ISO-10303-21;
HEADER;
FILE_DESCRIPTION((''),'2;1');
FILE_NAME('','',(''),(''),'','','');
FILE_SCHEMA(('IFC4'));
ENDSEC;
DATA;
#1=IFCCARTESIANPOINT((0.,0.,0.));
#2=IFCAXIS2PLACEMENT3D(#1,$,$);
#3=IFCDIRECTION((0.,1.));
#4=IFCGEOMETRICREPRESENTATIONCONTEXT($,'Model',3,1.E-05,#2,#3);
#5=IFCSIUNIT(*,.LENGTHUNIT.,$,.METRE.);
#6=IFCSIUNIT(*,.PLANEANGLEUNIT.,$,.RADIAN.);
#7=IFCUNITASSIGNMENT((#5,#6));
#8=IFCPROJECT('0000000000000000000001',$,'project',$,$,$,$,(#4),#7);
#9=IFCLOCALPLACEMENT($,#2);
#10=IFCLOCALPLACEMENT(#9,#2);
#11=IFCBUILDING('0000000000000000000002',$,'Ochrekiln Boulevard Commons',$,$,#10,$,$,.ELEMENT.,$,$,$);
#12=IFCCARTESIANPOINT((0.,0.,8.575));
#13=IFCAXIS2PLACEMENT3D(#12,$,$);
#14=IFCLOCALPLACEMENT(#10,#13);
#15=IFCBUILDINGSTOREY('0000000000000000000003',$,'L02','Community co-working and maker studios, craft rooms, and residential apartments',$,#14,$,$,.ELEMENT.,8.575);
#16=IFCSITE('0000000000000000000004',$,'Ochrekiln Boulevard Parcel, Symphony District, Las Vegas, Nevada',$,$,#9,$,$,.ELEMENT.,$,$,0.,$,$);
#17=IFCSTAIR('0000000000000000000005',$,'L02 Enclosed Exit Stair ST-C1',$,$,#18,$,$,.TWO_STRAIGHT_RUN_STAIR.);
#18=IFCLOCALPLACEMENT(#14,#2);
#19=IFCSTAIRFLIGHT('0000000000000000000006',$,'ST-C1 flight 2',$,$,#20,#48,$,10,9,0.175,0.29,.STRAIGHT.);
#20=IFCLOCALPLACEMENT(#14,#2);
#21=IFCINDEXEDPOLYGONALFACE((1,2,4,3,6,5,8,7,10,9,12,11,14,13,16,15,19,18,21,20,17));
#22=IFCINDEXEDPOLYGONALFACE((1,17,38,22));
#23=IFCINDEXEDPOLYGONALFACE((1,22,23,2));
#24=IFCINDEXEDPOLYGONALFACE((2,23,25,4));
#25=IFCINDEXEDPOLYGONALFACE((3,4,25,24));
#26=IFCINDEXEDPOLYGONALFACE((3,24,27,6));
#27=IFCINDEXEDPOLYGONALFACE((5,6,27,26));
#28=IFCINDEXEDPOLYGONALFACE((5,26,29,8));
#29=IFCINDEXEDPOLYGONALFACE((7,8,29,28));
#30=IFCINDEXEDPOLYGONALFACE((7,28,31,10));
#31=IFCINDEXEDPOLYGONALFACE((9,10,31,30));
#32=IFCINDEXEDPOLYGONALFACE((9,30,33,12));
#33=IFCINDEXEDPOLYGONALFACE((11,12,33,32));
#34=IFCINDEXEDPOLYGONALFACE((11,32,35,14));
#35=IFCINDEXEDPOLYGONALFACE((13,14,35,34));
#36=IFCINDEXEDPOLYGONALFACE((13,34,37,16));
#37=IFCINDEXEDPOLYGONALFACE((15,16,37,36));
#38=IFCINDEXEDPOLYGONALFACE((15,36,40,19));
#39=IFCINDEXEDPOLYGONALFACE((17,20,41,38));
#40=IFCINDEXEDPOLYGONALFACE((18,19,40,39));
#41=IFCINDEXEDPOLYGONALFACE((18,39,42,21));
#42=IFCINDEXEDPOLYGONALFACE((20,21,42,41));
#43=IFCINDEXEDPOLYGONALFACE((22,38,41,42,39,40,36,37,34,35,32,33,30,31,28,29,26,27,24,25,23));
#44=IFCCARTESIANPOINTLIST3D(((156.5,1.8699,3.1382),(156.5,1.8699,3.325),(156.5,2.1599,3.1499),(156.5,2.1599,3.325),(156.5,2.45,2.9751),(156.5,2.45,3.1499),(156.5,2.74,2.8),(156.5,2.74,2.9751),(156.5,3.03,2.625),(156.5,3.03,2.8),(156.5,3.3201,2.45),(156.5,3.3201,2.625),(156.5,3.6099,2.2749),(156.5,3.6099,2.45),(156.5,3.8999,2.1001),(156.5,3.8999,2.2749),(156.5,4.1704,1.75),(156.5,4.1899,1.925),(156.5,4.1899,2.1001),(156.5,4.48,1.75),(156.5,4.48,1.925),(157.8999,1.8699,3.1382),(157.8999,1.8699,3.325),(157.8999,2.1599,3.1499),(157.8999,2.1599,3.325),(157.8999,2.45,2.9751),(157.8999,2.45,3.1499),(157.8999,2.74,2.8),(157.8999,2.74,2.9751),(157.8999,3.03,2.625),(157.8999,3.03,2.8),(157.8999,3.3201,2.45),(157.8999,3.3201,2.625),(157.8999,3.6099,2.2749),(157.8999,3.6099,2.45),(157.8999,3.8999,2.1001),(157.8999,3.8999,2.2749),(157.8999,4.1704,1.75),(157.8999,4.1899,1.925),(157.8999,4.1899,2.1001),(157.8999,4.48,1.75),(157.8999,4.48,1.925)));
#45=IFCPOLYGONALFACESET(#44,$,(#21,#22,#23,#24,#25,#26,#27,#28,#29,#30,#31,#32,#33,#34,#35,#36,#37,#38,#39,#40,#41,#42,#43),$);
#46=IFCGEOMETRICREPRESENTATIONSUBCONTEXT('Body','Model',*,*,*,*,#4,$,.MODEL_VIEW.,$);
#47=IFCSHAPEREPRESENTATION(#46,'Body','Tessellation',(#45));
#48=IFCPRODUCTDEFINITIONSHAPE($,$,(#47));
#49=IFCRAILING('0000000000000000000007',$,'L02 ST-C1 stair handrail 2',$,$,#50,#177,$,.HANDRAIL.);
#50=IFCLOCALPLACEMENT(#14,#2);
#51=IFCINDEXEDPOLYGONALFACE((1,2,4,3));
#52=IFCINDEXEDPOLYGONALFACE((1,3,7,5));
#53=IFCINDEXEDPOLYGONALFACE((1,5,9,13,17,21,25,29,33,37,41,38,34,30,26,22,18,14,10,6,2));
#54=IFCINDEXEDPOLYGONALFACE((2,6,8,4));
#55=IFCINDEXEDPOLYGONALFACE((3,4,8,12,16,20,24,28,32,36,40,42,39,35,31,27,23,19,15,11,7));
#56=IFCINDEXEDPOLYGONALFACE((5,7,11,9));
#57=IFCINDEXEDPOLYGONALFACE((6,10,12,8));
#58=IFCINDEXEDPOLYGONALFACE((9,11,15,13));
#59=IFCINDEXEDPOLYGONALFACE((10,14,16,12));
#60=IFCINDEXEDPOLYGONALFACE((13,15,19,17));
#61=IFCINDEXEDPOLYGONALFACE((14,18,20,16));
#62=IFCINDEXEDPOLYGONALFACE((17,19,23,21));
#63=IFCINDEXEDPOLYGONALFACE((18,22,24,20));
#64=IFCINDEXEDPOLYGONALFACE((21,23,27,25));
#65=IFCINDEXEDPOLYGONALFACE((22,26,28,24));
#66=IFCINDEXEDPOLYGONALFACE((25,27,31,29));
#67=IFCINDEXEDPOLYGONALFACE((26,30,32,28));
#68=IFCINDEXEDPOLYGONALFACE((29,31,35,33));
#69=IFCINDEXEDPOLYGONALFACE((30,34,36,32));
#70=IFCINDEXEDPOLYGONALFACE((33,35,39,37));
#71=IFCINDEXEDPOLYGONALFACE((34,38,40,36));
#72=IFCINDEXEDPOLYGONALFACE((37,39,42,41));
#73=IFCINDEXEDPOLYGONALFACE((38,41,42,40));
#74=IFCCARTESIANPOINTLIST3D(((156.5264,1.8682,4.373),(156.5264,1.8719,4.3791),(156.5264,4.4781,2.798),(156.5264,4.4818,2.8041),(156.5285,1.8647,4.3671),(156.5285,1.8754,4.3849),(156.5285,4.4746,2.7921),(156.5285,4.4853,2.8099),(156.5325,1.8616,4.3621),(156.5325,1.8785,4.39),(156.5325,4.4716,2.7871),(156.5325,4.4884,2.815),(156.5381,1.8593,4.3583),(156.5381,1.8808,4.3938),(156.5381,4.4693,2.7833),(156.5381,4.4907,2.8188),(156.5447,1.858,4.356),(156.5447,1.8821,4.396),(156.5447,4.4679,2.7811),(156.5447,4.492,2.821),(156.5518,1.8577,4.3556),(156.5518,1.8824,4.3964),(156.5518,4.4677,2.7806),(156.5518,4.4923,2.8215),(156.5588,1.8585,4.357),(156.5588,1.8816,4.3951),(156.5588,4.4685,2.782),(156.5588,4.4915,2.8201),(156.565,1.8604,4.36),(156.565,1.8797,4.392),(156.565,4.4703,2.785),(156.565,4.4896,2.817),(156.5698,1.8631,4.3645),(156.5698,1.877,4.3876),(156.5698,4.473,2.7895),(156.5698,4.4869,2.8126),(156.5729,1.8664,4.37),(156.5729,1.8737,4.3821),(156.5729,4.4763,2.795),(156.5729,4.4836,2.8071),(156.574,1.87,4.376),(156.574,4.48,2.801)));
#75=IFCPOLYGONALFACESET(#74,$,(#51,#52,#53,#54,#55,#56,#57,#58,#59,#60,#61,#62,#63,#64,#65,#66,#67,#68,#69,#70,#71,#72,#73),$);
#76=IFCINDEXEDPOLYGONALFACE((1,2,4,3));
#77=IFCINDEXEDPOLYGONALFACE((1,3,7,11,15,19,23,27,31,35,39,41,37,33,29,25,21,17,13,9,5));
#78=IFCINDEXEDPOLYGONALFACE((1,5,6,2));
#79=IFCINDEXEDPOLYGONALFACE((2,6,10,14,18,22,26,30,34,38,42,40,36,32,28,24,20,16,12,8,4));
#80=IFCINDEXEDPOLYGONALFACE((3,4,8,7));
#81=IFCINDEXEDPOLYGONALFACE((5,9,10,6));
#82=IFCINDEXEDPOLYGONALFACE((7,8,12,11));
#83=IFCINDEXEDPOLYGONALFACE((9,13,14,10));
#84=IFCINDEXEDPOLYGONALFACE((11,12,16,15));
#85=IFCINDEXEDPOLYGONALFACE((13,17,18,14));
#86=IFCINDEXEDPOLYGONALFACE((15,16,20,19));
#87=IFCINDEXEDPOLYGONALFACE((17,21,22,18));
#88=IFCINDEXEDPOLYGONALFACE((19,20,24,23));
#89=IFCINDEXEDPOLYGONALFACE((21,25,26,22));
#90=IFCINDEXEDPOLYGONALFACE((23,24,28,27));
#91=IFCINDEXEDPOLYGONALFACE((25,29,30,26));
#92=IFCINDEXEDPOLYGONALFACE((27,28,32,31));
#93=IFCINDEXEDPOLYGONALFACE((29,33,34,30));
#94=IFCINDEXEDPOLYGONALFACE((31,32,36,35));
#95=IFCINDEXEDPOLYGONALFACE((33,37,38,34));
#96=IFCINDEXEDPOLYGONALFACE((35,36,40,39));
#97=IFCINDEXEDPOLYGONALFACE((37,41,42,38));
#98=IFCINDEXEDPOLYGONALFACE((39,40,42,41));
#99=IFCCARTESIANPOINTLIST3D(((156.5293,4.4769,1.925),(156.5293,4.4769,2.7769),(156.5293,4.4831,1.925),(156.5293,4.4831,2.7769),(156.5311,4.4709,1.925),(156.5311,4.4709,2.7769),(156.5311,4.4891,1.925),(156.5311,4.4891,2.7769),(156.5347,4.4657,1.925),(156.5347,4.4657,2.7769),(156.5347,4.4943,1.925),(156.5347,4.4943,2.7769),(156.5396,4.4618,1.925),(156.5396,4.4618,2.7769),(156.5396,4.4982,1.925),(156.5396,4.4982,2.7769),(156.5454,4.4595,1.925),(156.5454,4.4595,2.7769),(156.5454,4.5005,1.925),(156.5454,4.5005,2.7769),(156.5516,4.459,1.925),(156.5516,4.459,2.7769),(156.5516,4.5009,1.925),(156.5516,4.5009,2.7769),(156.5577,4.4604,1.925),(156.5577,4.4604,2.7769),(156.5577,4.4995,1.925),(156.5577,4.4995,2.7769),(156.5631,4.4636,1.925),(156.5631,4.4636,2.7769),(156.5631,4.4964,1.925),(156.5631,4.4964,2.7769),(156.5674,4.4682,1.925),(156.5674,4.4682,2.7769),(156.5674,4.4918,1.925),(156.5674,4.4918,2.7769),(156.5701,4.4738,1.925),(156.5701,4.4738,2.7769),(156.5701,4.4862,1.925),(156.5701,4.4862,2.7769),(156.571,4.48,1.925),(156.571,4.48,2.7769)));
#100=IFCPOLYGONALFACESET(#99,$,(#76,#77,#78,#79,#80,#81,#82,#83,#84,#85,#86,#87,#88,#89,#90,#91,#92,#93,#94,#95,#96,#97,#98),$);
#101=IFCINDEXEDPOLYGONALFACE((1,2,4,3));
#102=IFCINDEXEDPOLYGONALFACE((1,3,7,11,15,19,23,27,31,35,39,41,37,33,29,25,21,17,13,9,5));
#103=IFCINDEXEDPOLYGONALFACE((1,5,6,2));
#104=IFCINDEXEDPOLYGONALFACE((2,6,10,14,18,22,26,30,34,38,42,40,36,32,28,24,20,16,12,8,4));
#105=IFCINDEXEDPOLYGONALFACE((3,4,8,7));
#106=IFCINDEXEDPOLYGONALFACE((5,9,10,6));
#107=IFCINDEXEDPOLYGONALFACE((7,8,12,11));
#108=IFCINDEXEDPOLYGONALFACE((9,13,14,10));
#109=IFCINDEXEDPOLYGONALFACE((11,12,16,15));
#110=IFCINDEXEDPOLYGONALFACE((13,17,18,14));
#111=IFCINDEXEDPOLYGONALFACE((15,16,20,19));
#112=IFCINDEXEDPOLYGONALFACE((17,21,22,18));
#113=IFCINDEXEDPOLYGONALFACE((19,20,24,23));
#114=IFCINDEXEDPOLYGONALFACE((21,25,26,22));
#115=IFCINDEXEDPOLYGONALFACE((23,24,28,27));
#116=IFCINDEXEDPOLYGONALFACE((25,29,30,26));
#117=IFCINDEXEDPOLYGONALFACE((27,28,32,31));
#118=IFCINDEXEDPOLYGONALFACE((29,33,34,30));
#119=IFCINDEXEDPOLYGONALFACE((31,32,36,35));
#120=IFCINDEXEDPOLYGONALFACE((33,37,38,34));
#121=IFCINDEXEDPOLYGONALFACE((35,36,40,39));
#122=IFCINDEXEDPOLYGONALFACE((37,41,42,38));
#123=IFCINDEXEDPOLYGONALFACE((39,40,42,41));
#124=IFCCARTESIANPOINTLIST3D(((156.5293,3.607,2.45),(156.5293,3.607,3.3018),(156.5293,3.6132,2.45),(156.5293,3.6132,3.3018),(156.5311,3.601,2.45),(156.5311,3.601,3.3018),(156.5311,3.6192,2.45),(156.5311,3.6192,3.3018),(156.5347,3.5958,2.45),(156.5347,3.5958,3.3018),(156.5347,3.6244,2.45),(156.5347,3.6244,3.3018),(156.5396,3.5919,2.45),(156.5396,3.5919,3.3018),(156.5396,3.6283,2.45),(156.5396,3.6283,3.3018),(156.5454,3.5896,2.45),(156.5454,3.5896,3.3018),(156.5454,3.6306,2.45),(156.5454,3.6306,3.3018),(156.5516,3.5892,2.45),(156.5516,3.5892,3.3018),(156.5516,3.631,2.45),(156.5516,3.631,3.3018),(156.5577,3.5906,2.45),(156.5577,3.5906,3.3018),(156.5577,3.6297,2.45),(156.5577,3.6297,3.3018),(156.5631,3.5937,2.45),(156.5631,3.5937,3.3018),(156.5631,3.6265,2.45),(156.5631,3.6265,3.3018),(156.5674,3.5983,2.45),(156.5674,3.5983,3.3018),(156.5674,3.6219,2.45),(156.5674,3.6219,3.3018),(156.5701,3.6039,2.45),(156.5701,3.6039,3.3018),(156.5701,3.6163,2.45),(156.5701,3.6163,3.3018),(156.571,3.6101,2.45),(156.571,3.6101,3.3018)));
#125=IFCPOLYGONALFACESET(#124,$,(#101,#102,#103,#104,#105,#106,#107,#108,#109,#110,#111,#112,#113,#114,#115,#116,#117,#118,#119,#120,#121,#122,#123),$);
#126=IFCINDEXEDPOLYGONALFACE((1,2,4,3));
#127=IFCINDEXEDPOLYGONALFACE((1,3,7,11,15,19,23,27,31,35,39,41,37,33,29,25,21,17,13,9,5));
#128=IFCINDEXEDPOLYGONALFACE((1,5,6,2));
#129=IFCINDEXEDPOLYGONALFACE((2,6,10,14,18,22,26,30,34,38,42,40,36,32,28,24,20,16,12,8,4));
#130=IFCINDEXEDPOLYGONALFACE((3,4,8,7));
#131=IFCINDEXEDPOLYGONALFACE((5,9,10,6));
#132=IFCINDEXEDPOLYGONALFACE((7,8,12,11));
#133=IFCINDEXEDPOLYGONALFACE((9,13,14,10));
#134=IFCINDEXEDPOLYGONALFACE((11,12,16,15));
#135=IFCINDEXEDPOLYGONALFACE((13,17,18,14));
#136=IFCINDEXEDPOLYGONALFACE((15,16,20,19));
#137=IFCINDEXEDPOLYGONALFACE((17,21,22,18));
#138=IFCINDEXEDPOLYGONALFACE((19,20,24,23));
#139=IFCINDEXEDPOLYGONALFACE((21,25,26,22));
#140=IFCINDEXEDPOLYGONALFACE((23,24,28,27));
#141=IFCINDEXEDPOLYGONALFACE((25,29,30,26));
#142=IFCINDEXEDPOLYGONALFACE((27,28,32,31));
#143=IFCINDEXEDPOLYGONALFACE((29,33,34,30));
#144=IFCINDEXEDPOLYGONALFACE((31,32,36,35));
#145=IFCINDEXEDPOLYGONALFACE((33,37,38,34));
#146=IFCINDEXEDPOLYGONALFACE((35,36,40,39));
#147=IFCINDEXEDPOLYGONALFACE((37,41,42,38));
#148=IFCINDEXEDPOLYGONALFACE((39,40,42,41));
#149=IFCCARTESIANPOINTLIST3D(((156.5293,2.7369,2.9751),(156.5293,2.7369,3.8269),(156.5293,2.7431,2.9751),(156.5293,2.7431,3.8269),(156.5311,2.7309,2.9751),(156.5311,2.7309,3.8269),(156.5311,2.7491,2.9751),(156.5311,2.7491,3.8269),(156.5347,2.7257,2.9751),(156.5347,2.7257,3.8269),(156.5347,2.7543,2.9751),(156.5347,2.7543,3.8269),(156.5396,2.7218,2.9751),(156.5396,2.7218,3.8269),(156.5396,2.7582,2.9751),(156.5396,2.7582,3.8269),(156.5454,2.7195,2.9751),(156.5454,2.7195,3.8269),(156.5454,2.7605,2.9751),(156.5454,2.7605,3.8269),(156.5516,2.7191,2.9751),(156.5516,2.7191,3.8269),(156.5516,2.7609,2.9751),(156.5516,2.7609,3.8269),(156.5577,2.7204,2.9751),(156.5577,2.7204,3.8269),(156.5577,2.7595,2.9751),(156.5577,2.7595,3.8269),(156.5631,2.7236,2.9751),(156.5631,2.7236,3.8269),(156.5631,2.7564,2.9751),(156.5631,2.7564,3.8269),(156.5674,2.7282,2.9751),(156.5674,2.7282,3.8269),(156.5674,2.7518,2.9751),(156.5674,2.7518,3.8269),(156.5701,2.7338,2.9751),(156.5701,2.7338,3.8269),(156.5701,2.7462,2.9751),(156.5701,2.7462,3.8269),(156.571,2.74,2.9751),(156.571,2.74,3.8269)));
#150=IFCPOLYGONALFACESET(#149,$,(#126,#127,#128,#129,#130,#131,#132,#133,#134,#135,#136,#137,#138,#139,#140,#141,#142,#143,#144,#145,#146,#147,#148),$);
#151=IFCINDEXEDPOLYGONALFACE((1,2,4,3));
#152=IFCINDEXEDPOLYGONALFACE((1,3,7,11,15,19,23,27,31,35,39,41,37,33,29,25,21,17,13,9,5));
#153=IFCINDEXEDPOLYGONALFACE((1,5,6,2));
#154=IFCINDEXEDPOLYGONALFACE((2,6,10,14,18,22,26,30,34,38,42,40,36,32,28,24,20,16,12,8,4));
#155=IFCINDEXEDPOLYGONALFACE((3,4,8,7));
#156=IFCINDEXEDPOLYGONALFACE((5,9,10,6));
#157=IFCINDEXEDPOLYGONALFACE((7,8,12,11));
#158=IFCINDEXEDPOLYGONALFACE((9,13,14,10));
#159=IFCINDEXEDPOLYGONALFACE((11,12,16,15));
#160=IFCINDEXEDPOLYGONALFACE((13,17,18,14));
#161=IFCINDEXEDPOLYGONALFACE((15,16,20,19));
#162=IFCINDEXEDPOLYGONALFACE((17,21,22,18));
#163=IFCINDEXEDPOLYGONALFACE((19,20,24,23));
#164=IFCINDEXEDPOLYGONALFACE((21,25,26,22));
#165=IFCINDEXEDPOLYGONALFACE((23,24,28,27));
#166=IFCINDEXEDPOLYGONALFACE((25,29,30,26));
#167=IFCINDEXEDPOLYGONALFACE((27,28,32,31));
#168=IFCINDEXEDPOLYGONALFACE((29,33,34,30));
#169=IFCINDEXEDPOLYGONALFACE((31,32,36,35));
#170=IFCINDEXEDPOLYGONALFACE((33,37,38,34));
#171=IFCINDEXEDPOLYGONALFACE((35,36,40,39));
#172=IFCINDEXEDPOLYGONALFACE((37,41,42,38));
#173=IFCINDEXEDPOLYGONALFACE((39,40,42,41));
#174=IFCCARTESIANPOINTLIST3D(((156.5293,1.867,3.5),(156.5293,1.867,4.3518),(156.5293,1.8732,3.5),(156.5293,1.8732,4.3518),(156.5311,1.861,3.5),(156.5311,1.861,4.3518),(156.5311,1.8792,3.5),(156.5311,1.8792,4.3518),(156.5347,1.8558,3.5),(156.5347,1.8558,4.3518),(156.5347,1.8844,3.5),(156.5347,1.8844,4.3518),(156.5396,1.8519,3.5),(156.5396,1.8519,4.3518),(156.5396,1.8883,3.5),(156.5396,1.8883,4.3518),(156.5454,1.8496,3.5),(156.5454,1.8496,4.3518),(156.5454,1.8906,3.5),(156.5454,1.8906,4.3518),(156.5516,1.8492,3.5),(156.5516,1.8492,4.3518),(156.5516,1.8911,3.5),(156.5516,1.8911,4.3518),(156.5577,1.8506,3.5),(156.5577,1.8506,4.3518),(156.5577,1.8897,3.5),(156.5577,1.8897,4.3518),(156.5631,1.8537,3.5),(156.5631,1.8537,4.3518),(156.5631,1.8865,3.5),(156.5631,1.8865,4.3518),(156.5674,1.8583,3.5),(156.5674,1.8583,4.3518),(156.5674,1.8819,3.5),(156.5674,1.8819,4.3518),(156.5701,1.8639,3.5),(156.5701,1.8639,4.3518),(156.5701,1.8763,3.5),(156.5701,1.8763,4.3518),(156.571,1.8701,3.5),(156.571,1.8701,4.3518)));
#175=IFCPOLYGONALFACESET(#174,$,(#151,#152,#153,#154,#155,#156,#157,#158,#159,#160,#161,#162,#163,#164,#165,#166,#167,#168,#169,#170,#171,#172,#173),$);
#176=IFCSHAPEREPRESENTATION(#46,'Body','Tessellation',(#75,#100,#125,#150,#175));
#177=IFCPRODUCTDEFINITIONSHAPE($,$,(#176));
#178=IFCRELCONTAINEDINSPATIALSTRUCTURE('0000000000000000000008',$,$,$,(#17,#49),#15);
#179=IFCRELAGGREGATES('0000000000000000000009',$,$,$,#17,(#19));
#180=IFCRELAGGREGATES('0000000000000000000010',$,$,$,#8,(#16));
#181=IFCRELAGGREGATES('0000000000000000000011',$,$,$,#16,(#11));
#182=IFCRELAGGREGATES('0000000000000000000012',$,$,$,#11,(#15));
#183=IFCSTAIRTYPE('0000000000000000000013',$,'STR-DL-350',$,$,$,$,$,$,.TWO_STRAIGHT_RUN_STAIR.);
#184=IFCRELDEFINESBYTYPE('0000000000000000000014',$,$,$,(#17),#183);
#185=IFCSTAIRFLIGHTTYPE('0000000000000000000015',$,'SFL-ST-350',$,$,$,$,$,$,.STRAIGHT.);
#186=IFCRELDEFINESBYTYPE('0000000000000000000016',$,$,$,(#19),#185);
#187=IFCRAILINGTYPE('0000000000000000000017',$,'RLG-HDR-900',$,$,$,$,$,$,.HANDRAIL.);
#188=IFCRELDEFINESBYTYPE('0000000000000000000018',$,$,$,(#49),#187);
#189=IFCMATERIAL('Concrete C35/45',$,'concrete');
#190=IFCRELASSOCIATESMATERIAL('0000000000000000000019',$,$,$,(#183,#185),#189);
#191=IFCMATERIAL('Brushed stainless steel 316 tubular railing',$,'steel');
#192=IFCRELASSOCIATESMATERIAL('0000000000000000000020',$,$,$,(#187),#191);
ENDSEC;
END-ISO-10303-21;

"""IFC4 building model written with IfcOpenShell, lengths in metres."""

from ifc_helpers import new_model, si_unit, direction, frame, origin, origin_2d, place, context, subcontext, project, spatial, polyline, circle, outline, extrude, material, type_object, element, aggregate, save


model = new_model("IFC4")

# Units and contexts
model_context = context("Model", 3, precision=1e-05, world=origin(), true_north=direction((0.0, 1.0)))
body_context = subcontext(model_context, "Body", "Model", "MODEL_VIEW")
ifc_project = project(units=[si_unit("LENGTHUNIT", "METRE"), si_unit("PLANEANGLEUNIT", "RADIAN")], contexts=[model_context])

# Site, building, storey
site_placement = place(None, origin())
site = spatial("IfcSite", under=ifc_project, at=site_placement, Name="Ochrekiln Boulevard Parcel, Symphony District, Las Vegas, Nevada", CompositionType="ELEMENT", RefElevation=0.0)
building_placement = place(site_placement, origin())
building = spatial("IfcBuilding", under=site, at=building_placement, Name="Ochrekiln Boulevard Commons", CompositionType="ELEMENT")
storey_placement = place(building_placement, frame((0.0, 0.0, 8.575)))
storey = spatial("IfcBuildingStorey", under=building, at=storey_placement, Name="L02", Description="Community co-working and maker studios, craft rooms, and residential apartments", CompositionType="ELEMENT", Elevation=8.575)

# Stair, stair flight
ifc_material_1 = material(Name="Concrete C35/45", Category="concrete")
stair_type = type_object("IfcStairType", Name="STR-DL-350", PredefinedType="TWO_STRAIGHT_RUN_STAIR", material=ifc_material_1)
stair_placement = place(storey_placement, origin())
stair = element("IfcStair", 1, at=stair_placement, inside=storey, type_object=stair_type, Name="L02 Enclosed Exit Stair ST-C1", PredefinedType="TWO_STRAIGHT_RUN_STAIR")
stair_flight_type = type_object("IfcStairFlightType", Name="SFL-ST-350", PredefinedType="STRAIGHT", material=ifc_material_1)
stair_flight_placement = place(storey_placement, frame((157.2, 4.48, 1.75), z_axis=(0.0, 0.0, 1.0), x_axis=(0.0, -1.0, 0.0)))
stair_flight = element("IfcStairFlight", 2, at=stair_flight_placement, type_object=stair_flight_type, Name="ST-C1 flight 2", NumberOfRisers=10, NumberOfTreads=9, PredefinedType="STRAIGHT", RiserHeight=0.175, TreadLength=0.29, context=body_context, shape_type="SweptSolid", body=[
    extrude(outline(polyline([(0.0, 0.0), (0.0, 0.175), (0.29, 0.175), (0.29, 0.3501), (0.5801, 0.3501), (0.5801, 0.5249), (0.8701, 0.5249), (0.8701, 0.7), (1.1599, 0.7), (1.1599, 0.875), (1.45, 0.875), (1.45, 1.05), (1.74, 1.05), (1.74, 1.2251), (2.03, 1.2251), (2.03, 1.3999), (2.3201, 1.3999), (2.3201, 1.575), (2.6101, 1.575), (2.6101, 1.75), (2.6101, 1.3882), (0.3096, 0.0), (0.0, 0.0)])), frame((0.0, 0.7, 0.0), z_axis=(0.0, -1.0, 0.0), x_axis=(1.0, 0.0, 0.0)), (0.0, 0.0, 1.0), 1.3999),
])
aggregate(stair, [stair_flight])

# Railing
ifc_material_2 = material(Name="Brushed stainless steel 316 tubular railing", Category="steel")
railing_type_1 = type_object("IfcRailingType", Name="RLG-HDR-900", PredefinedType="HANDRAIL", material=ifc_material_2)
railing_1_placement = place(storey_placement, frame((156.55, 4.48, 1.925)))
element("IfcRailing", 3, at=railing_1_placement, inside=storey, type_object=railing_type_1, Name="L02 ST-C1 stair handrail 2", PredefinedType="HANDRAIL", context=body_context, shape_type="SweptSolid", body=[
    extrude(circle(Radius=0.0239, at=origin_2d()), frame((0.0, 0.0, 0.876), z_axis=(0.0, -0.856183, 0.516673), x_axis=(1.0, 0.0, 0.0)), (0.0, 0.0, 1.0), 3.0483),
    extrude(circle(Radius=0.021, at=origin_2d()), origin(), (0.0, 0.0, 1.0), 0.8518),
    extrude(circle(Radius=0.021, at=origin_2d()), frame((0.0, -0.8699, 0.5249)), (0.0, 0.0, 1.0), 0.8518),
    extrude(circle(Radius=0.021, at=origin_2d()), frame((0.0, -1.74, 1.05)), (0.0, 0.0, 1.0), 0.8518),
    extrude(circle(Radius=0.021, at=origin_2d()), frame((0.0, -2.6099, 1.575)), (0.0, 0.0, 1.0), 0.8518),
])

save(model, "model.ifc")
